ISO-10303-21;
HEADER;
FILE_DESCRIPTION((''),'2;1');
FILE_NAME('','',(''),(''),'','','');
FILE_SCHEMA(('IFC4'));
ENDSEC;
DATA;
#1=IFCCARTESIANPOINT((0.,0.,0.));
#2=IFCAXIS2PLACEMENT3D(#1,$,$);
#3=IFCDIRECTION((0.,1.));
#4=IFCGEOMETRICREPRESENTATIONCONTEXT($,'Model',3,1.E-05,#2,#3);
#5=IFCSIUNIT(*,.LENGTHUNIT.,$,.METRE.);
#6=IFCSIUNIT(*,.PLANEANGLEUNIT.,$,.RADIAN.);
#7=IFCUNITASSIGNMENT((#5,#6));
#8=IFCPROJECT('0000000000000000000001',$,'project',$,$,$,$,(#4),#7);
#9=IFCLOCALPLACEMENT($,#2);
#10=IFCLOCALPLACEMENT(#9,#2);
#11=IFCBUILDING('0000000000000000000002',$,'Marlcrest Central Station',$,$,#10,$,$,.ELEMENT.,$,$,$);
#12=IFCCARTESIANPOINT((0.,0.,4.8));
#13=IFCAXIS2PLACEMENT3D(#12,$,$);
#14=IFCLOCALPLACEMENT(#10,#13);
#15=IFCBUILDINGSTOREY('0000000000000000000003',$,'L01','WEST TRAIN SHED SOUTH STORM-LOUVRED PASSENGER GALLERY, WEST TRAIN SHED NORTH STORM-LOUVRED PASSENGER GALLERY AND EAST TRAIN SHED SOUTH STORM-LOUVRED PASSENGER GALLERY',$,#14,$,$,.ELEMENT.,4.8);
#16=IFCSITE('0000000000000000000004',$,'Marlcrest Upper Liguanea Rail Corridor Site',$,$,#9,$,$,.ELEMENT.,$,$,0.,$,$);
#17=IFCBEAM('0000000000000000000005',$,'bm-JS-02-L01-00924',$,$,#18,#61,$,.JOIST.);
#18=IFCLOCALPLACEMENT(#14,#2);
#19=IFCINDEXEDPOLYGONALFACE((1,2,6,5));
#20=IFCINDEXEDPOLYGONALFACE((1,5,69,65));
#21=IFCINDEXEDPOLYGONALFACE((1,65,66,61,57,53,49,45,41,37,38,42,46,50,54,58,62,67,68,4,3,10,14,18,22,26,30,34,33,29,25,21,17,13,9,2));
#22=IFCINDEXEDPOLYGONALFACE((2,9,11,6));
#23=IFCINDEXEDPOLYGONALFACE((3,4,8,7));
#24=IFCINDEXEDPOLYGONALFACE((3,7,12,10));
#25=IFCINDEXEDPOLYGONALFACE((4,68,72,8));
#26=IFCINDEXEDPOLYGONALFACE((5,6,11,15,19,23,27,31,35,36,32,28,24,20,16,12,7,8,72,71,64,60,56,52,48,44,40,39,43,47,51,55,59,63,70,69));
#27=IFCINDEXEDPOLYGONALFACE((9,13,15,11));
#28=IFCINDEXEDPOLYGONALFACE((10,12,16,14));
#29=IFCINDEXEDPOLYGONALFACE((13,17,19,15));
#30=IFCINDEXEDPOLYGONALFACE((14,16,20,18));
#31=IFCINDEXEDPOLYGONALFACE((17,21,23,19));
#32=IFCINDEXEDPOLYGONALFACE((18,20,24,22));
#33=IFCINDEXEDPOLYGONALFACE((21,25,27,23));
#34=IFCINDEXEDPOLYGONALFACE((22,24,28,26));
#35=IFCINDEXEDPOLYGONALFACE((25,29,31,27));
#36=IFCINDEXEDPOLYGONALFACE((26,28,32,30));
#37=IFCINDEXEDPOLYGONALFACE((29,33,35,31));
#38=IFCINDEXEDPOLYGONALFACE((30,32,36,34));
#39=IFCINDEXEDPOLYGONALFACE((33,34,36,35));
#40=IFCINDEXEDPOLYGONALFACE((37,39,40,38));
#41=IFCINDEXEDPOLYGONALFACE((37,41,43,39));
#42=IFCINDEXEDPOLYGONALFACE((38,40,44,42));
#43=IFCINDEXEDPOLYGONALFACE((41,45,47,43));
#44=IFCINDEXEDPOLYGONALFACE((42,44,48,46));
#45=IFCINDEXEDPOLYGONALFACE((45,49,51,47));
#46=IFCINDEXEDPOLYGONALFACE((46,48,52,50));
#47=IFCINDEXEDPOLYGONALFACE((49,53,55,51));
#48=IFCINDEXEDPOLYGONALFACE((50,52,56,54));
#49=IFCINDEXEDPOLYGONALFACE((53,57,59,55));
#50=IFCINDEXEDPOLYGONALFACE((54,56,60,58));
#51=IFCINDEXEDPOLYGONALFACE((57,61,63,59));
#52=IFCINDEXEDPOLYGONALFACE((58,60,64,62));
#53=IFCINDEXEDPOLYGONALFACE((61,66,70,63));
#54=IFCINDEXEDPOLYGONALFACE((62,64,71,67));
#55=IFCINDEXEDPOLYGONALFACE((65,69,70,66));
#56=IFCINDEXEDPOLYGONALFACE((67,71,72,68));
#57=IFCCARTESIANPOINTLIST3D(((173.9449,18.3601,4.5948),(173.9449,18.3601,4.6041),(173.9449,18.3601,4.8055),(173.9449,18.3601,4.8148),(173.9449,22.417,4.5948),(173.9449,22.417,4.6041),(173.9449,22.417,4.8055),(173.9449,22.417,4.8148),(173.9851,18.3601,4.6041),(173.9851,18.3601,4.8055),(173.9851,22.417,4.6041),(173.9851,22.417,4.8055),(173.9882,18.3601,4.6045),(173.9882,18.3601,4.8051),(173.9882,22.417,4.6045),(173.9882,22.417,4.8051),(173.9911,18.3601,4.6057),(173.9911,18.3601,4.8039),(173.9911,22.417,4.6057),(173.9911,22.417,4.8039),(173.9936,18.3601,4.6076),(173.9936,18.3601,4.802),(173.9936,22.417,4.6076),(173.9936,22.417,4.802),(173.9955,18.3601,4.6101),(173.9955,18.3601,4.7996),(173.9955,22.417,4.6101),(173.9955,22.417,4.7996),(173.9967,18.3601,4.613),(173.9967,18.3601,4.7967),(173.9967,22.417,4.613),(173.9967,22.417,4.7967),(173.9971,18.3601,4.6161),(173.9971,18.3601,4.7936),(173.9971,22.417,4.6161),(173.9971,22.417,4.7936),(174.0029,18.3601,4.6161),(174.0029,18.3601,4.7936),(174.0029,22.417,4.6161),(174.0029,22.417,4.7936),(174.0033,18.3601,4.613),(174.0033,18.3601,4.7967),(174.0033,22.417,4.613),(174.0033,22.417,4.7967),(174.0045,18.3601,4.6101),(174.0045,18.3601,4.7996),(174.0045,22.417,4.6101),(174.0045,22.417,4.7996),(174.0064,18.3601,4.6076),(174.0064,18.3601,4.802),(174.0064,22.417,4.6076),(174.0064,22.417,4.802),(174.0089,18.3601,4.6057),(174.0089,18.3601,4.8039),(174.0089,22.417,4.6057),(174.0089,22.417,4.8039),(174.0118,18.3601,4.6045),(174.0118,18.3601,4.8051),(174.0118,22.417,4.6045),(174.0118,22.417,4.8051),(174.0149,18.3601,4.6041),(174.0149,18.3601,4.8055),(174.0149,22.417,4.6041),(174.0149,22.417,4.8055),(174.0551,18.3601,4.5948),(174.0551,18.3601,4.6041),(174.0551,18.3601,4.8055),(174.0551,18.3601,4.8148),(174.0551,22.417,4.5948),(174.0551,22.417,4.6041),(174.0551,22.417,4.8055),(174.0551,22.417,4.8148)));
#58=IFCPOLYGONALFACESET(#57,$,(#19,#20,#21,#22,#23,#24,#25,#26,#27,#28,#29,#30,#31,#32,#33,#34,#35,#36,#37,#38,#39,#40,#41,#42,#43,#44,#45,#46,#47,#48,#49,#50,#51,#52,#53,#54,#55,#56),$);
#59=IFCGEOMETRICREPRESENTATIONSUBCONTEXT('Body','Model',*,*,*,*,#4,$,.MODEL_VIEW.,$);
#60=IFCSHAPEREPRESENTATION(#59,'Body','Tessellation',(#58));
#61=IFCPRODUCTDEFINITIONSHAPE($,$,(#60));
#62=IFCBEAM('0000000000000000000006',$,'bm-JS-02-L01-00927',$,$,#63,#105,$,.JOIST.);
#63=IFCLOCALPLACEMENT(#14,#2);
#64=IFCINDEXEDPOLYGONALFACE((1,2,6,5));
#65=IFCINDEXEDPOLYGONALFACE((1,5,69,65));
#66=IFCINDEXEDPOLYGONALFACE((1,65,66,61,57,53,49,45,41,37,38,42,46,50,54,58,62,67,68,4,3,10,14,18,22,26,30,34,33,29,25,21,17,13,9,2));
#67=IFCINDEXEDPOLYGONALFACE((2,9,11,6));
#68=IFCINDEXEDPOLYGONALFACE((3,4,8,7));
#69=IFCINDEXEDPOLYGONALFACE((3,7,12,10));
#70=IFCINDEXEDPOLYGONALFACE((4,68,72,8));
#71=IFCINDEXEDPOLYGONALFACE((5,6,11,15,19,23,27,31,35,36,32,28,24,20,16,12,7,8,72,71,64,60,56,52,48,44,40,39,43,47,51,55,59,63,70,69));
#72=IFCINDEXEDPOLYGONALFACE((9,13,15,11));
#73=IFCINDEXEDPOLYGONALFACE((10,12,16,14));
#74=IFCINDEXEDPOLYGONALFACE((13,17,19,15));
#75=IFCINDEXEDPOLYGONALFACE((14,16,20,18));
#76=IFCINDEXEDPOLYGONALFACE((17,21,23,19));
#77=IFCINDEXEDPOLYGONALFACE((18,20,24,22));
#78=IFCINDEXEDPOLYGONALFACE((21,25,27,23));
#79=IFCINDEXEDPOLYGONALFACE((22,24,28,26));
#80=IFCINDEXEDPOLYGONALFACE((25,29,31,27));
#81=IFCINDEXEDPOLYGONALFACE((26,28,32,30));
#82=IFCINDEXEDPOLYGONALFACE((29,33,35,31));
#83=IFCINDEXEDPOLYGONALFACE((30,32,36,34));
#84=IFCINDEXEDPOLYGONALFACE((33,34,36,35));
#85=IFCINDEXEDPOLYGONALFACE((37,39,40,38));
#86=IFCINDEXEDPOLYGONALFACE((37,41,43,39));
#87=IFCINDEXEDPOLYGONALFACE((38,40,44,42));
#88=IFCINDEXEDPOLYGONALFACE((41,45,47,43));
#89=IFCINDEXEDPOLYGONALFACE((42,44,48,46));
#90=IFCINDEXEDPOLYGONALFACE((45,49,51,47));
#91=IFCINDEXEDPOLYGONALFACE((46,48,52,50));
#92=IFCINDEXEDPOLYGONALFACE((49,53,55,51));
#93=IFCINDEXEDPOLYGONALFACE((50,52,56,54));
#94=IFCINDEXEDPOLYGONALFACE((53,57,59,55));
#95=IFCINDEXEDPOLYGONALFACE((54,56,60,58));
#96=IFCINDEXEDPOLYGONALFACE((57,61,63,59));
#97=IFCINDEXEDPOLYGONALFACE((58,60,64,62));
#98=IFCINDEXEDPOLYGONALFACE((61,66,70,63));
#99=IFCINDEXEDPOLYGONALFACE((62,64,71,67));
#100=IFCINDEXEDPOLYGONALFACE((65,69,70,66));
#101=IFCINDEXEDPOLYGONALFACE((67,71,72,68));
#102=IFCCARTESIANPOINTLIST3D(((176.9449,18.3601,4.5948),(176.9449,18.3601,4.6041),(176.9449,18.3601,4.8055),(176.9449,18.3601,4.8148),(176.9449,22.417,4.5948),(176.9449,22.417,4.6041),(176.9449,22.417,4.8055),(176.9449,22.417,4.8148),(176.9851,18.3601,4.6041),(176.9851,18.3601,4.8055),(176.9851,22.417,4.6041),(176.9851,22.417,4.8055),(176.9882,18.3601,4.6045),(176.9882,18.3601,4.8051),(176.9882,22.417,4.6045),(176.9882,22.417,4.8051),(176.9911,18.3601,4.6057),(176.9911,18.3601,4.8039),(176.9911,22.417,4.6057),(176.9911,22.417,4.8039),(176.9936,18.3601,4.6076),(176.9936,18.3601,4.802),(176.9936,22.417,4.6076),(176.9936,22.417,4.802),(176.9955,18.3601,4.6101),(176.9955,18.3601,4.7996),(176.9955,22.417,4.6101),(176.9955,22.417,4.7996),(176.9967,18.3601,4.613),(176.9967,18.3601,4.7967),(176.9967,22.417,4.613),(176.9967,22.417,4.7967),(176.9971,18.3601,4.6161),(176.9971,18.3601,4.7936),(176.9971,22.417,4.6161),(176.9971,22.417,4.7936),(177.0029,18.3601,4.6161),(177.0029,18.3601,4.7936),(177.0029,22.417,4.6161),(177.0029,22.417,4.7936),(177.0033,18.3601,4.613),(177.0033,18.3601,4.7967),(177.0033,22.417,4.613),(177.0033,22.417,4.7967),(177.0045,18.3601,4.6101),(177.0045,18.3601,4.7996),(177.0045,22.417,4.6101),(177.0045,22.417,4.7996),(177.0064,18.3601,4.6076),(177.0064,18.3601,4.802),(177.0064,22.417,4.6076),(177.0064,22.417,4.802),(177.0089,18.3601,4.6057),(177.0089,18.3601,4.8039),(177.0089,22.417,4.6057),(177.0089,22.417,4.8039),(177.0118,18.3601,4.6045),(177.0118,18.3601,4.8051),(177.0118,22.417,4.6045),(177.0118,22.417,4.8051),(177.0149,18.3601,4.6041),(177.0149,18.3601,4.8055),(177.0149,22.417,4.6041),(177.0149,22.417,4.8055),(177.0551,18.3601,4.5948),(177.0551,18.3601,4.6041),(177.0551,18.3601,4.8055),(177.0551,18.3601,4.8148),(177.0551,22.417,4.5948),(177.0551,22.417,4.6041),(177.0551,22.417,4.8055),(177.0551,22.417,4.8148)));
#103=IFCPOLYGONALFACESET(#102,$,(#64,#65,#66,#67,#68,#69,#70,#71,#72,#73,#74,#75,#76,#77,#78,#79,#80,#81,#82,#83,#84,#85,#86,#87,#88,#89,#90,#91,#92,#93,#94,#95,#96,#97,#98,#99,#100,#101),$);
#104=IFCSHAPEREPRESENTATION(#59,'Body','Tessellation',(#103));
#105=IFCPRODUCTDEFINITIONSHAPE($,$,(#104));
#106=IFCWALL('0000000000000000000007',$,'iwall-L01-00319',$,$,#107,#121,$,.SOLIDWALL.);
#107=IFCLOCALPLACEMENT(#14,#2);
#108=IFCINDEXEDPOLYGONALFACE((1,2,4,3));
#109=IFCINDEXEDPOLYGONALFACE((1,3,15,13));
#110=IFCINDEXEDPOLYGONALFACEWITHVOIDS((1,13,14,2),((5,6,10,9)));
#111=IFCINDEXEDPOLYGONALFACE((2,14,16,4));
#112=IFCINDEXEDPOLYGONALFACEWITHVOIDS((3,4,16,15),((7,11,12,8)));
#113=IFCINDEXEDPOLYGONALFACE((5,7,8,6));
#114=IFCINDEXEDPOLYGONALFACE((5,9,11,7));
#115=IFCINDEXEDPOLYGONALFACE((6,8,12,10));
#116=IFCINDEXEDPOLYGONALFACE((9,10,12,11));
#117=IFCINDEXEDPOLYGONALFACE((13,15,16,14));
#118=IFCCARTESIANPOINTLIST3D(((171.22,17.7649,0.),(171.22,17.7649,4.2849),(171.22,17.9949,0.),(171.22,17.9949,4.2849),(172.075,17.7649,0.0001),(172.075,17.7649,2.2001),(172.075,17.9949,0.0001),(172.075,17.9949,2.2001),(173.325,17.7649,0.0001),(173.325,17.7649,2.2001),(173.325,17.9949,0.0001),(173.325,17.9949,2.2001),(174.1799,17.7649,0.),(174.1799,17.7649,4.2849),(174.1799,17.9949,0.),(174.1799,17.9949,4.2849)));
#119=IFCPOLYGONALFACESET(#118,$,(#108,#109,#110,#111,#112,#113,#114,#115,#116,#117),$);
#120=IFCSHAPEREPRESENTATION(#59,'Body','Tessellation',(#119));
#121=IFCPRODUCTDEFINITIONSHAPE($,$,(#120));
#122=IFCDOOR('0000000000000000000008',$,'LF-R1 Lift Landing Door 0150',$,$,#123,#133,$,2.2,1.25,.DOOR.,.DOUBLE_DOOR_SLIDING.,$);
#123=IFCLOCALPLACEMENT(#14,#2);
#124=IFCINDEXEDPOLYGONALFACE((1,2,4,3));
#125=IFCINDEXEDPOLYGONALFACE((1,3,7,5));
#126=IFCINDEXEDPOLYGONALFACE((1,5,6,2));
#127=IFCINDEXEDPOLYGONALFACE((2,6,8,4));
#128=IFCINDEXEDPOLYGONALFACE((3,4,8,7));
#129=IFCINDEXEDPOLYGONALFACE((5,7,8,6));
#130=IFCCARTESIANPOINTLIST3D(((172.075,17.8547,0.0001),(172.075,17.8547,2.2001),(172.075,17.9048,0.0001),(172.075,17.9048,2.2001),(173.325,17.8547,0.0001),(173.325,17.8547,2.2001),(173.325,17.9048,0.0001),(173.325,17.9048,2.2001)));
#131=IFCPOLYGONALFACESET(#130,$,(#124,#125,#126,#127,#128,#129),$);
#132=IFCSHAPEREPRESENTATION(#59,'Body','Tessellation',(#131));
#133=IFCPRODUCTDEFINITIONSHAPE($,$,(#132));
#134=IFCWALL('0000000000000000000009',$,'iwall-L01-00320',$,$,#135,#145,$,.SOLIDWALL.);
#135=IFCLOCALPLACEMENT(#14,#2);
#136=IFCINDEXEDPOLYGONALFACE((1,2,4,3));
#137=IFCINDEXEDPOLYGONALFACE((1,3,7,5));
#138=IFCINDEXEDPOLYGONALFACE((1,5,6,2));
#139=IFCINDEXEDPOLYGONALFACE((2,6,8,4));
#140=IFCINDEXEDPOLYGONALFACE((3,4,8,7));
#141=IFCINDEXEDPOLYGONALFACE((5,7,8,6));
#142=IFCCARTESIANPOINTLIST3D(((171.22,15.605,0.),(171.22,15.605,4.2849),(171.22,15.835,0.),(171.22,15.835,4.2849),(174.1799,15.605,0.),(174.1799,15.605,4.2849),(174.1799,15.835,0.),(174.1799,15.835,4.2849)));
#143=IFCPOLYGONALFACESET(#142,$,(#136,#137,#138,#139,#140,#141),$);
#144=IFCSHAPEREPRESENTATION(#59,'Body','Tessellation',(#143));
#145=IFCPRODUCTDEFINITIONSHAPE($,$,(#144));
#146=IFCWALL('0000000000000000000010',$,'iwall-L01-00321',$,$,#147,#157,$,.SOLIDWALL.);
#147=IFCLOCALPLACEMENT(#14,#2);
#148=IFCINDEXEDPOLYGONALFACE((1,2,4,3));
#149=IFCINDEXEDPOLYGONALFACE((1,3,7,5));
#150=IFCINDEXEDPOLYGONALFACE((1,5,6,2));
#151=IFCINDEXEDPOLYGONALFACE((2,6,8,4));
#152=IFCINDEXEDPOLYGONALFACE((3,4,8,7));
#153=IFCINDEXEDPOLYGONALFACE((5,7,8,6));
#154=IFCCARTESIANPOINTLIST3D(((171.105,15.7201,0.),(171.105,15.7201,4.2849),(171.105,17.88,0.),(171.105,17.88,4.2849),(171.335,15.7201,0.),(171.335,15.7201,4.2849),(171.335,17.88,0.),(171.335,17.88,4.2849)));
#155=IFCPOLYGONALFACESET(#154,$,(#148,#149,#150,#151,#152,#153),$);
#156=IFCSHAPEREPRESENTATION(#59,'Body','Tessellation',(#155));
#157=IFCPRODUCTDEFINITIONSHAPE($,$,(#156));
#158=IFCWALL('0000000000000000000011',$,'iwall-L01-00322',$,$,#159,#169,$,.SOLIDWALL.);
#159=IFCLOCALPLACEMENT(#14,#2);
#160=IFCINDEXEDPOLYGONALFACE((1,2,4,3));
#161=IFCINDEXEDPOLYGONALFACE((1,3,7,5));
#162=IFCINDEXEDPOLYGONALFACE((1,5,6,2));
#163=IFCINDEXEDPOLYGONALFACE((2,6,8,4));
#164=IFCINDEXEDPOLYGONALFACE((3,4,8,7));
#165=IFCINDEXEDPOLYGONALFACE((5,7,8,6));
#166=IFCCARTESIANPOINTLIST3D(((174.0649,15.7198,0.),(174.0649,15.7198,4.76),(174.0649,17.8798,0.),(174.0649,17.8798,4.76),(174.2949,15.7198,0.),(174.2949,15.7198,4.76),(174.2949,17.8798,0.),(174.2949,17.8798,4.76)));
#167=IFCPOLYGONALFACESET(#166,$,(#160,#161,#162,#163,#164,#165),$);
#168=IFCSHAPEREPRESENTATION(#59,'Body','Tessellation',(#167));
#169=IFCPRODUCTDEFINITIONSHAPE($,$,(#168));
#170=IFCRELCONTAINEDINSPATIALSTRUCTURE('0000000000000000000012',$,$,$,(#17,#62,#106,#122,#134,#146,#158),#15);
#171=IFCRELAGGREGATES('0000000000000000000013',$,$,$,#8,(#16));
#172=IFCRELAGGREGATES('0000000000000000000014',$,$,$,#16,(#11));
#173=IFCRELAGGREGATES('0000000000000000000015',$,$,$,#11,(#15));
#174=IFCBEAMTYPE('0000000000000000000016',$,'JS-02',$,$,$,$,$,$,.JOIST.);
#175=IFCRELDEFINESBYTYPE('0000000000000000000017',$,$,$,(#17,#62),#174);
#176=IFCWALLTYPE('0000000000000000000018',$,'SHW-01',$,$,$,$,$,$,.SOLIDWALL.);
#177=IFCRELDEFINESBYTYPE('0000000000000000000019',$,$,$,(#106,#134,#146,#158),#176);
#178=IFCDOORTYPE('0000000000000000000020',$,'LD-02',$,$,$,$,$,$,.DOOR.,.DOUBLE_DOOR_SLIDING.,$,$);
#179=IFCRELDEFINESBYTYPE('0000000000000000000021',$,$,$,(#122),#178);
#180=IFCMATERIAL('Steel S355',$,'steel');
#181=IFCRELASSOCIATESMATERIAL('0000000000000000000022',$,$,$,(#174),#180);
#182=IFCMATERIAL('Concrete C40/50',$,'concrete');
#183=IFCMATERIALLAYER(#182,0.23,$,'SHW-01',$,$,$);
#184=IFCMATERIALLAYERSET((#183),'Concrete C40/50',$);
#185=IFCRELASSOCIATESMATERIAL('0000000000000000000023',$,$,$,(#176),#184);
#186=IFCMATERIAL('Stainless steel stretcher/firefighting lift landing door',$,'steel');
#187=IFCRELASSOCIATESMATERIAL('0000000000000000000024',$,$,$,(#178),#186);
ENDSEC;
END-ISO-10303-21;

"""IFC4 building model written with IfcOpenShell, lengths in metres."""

from ifc_helpers import new_model, si_unit, direction, frame, frame_2d, origin, origin_2d, place, context, subcontext, project, spatial, rectangle, i_section, extrude, material, layer, layer_set, material_profile, profile_set, type_object, element, fill, save


model = new_model("IFC4")

# Units and contexts
model_context = context("Model", 3, precision=1e-05, world=origin(), true_north=direction((0.0, 1.0)))
body_context = subcontext(model_context, "Body", "Model", "MODEL_VIEW")
ifc_project = project(units=[si_unit("LENGTHUNIT", "METRE"), si_unit("PLANEANGLEUNIT", "RADIAN")], contexts=[model_context])

# Site, building, storey
site_placement = place(None, origin())
site = spatial("IfcSite", under=ifc_project, at=site_placement, Name="Marlcrest Upper Liguanea Rail Corridor Site", CompositionType="ELEMENT", RefElevation=0.0)
building_placement = place(site_placement, origin())
building = spatial("IfcBuilding", under=site, at=building_placement, Name="Marlcrest Central Station", CompositionType="ELEMENT")
storey_placement = place(building_placement, frame((0.0, 0.0, 4.8)))
storey = spatial("IfcBuildingStorey", under=building, at=storey_placement, Name="L01", Description="WEST TRAIN SHED SOUTH STORM-LOUVRED PASSENGER GALLERY, WEST TRAIN SHED NORTH STORM-LOUVRED PASSENGER GALLERY AND EAST TRAIN SHED SOUTH STORM-LOUVRED PASSENGER GALLERY", CompositionType="ELEMENT", Elevation=4.8)

# Beams
ifc_material_1 = material(Name="Steel S355", Category="steel")
ifc_material_profile_1 = material_profile(ifc_material_1, i_section(OverallWidth=0.1101, OverallDepth=0.22, WebThickness=0.0059, FlangeThickness=0.0093, FilletRadius=0.012, at=origin_2d()), Name="IPE 220")
ifc_profile_set_1 = profile_set([ifc_material_profile_1], Name="Steel S355")
beam_type_1 = type_object("IfcBeamType", Name="JS-02", PredefinedType="JOIST", material=ifc_profile_set_1)
for number, where, z_axis, x_axis, name in (
    (1, (174.0, 18.3601, 4.7048), (0.0, 1.0, 0.0), (-1.0, 0.0, 0.0), "bm-JS-02-L01-00924"),
    (2, (177.0, 18.3601, 4.7048), (0.0, 1.0, 0.0), (-1.0, 0.0, 0.0), "bm-JS-02-L01-00927"),
):
    element("IfcBeam", number, at=place(storey_placement, frame(where, z_axis=z_axis, x_axis=x_axis)), inside=storey, type_object=beam_type_1, Name=name, PredefinedType="JOIST", context=body_context, shape_type="SweptSolid", body=[
        extrude(i_section(OverallWidth=0.1101, OverallDepth=0.22, WebThickness=0.0059, FlangeThickness=0.0093, FilletRadius=0.012, at=origin_2d()), origin(), (0.0, 0.0, 1.0), 4.0569),
    ])

# Wall, opening, door
ifc_material_2 = material(Name="Concrete C40/50", Category="concrete")
ifc_layer = layer(ifc_material_2, 0.23, Name="SHW-01")
ifc_layer_set = layer_set([ifc_layer], Name="Concrete C40/50")
wall_type = type_object("IfcWallType", Name="SHW-01", PredefinedType="SOLIDWALL", material=ifc_layer_set)
wall_1_placement = place(storey_placement, frame((171.22, 17.8799, 0.0), z_axis=(0.0, 0.0, 1.0), x_axis=(1.0, 0.0, 0.0)))
wall_1 = element("IfcWall", 3, at=wall_1_placement, inside=storey, type_object=wall_type, Name="iwall-L01-00319", PredefinedType="SOLIDWALL", context=body_context, shape_type="SweptSolid", body=[
    extrude(rectangle(XDim=2.96, YDim=0.23, at=frame_2d((1.48, 0.0))), origin(), (0.0, 0.0, 1.0), 4.2849),
])
opening_placement = place(wall_1_placement, frame((0.855, 0.0, 0.0)))
opening = element("IfcOpeningElement", 4, at=opening_placement, cuts=wall_1, PredefinedType="OPENING", context=body_context, shape_type="SweptSolid", body=[
    extrude(rectangle(XDim=1.25, YDim=2.2, at=frame_2d((0.625, 1.1001))), frame((0.0, 0.125, 0.0), z_axis=(0.0, -1.0, 0.0), x_axis=(1.0, 0.0, 0.0)), (0.0, 0.0, 1.0), 0.25),
])
ifc_material_3 = material(Name="Stainless steel stretcher/firefighting lift landing door", Category="steel")
door_type = type_object("IfcDoorType", Name="LD-02", OperationType="DOUBLE_DOOR_SLIDING", PredefinedType="DOOR", material=ifc_material_3)
door_placement = place(opening_placement, origin())
door = element("IfcDoor", 5, at=door_placement, inside=storey, type_object=door_type, Name="LF-R1 Lift Landing Door 0150", OperationType="DOUBLE_DOOR_SLIDING", OverallHeight=2.2, OverallWidth=1.25, PredefinedType="DOOR", context=body_context, shape_type="SweptSolid", body=[
    extrude(rectangle(XDim=1.25, YDim=2.2, at=frame_2d((0.625, 1.1001))), frame((0.0, 0.0249, 0.0), z_axis=(0.0, -1.0, 0.0), x_axis=(1.0, 0.0, 0.0)), (0.0, 0.0, 1.0), 0.05),
])
fill(opening, door)

# Walls
wall_2_placement = place(storey_placement, frame((174.1799, 15.72, 0.0), z_axis=(0.0, 0.0, 1.0), x_axis=(-1.0, 0.0, 0.0)))
element("IfcWall", 6, at=wall_2_placement, inside=storey, type_object=wall_type, Name="iwall-L01-00320", PredefinedType="SOLIDWALL", context=body_context, shape_type="SweptSolid", body=[
    extrude(rectangle(XDim=2.96, YDim=0.23, at=frame_2d((1.48, 0.0))), origin(), (0.0, 0.0, 1.0), 4.2849),
])
wall_3_placement = place(storey_placement, frame((171.22, 15.72, 0.0), z_axis=(0.0, 0.0, 1.0), x_axis=(0.0, 1.0, 0.0)))
element("IfcWall", 7, at=wall_3_placement, inside=storey, type_object=wall_type, Name="iwall-L01-00321", PredefinedType="SOLIDWALL", context=body_context, shape_type="SweptSolid", body=[
    extrude(rectangle(XDim=2.1599, YDim=0.23, at=frame_2d((1.0801, 0.0))), origin(), (0.0, 0.0, 1.0), 4.2849),
])
wall_4_placement = place(storey_placement, frame((174.1799, 17.8799, 0.0), z_axis=(0.0, 0.0, 1.0), x_axis=(0.0, -1.0, 0.0)))
element("IfcWall", 8, at=wall_4_placement, inside=storey, type_object=wall_type, Name="iwall-L01-00322", PredefinedType="SOLIDWALL", context=body_context, shape_type="SweptSolid", body=[
    extrude(rectangle(XDim=2.1599, YDim=0.23, at=frame_2d((1.0801, 0.0))), origin(), (0.0, 0.0, 1.0), 4.76),
])

save(model, "model.ifc")
